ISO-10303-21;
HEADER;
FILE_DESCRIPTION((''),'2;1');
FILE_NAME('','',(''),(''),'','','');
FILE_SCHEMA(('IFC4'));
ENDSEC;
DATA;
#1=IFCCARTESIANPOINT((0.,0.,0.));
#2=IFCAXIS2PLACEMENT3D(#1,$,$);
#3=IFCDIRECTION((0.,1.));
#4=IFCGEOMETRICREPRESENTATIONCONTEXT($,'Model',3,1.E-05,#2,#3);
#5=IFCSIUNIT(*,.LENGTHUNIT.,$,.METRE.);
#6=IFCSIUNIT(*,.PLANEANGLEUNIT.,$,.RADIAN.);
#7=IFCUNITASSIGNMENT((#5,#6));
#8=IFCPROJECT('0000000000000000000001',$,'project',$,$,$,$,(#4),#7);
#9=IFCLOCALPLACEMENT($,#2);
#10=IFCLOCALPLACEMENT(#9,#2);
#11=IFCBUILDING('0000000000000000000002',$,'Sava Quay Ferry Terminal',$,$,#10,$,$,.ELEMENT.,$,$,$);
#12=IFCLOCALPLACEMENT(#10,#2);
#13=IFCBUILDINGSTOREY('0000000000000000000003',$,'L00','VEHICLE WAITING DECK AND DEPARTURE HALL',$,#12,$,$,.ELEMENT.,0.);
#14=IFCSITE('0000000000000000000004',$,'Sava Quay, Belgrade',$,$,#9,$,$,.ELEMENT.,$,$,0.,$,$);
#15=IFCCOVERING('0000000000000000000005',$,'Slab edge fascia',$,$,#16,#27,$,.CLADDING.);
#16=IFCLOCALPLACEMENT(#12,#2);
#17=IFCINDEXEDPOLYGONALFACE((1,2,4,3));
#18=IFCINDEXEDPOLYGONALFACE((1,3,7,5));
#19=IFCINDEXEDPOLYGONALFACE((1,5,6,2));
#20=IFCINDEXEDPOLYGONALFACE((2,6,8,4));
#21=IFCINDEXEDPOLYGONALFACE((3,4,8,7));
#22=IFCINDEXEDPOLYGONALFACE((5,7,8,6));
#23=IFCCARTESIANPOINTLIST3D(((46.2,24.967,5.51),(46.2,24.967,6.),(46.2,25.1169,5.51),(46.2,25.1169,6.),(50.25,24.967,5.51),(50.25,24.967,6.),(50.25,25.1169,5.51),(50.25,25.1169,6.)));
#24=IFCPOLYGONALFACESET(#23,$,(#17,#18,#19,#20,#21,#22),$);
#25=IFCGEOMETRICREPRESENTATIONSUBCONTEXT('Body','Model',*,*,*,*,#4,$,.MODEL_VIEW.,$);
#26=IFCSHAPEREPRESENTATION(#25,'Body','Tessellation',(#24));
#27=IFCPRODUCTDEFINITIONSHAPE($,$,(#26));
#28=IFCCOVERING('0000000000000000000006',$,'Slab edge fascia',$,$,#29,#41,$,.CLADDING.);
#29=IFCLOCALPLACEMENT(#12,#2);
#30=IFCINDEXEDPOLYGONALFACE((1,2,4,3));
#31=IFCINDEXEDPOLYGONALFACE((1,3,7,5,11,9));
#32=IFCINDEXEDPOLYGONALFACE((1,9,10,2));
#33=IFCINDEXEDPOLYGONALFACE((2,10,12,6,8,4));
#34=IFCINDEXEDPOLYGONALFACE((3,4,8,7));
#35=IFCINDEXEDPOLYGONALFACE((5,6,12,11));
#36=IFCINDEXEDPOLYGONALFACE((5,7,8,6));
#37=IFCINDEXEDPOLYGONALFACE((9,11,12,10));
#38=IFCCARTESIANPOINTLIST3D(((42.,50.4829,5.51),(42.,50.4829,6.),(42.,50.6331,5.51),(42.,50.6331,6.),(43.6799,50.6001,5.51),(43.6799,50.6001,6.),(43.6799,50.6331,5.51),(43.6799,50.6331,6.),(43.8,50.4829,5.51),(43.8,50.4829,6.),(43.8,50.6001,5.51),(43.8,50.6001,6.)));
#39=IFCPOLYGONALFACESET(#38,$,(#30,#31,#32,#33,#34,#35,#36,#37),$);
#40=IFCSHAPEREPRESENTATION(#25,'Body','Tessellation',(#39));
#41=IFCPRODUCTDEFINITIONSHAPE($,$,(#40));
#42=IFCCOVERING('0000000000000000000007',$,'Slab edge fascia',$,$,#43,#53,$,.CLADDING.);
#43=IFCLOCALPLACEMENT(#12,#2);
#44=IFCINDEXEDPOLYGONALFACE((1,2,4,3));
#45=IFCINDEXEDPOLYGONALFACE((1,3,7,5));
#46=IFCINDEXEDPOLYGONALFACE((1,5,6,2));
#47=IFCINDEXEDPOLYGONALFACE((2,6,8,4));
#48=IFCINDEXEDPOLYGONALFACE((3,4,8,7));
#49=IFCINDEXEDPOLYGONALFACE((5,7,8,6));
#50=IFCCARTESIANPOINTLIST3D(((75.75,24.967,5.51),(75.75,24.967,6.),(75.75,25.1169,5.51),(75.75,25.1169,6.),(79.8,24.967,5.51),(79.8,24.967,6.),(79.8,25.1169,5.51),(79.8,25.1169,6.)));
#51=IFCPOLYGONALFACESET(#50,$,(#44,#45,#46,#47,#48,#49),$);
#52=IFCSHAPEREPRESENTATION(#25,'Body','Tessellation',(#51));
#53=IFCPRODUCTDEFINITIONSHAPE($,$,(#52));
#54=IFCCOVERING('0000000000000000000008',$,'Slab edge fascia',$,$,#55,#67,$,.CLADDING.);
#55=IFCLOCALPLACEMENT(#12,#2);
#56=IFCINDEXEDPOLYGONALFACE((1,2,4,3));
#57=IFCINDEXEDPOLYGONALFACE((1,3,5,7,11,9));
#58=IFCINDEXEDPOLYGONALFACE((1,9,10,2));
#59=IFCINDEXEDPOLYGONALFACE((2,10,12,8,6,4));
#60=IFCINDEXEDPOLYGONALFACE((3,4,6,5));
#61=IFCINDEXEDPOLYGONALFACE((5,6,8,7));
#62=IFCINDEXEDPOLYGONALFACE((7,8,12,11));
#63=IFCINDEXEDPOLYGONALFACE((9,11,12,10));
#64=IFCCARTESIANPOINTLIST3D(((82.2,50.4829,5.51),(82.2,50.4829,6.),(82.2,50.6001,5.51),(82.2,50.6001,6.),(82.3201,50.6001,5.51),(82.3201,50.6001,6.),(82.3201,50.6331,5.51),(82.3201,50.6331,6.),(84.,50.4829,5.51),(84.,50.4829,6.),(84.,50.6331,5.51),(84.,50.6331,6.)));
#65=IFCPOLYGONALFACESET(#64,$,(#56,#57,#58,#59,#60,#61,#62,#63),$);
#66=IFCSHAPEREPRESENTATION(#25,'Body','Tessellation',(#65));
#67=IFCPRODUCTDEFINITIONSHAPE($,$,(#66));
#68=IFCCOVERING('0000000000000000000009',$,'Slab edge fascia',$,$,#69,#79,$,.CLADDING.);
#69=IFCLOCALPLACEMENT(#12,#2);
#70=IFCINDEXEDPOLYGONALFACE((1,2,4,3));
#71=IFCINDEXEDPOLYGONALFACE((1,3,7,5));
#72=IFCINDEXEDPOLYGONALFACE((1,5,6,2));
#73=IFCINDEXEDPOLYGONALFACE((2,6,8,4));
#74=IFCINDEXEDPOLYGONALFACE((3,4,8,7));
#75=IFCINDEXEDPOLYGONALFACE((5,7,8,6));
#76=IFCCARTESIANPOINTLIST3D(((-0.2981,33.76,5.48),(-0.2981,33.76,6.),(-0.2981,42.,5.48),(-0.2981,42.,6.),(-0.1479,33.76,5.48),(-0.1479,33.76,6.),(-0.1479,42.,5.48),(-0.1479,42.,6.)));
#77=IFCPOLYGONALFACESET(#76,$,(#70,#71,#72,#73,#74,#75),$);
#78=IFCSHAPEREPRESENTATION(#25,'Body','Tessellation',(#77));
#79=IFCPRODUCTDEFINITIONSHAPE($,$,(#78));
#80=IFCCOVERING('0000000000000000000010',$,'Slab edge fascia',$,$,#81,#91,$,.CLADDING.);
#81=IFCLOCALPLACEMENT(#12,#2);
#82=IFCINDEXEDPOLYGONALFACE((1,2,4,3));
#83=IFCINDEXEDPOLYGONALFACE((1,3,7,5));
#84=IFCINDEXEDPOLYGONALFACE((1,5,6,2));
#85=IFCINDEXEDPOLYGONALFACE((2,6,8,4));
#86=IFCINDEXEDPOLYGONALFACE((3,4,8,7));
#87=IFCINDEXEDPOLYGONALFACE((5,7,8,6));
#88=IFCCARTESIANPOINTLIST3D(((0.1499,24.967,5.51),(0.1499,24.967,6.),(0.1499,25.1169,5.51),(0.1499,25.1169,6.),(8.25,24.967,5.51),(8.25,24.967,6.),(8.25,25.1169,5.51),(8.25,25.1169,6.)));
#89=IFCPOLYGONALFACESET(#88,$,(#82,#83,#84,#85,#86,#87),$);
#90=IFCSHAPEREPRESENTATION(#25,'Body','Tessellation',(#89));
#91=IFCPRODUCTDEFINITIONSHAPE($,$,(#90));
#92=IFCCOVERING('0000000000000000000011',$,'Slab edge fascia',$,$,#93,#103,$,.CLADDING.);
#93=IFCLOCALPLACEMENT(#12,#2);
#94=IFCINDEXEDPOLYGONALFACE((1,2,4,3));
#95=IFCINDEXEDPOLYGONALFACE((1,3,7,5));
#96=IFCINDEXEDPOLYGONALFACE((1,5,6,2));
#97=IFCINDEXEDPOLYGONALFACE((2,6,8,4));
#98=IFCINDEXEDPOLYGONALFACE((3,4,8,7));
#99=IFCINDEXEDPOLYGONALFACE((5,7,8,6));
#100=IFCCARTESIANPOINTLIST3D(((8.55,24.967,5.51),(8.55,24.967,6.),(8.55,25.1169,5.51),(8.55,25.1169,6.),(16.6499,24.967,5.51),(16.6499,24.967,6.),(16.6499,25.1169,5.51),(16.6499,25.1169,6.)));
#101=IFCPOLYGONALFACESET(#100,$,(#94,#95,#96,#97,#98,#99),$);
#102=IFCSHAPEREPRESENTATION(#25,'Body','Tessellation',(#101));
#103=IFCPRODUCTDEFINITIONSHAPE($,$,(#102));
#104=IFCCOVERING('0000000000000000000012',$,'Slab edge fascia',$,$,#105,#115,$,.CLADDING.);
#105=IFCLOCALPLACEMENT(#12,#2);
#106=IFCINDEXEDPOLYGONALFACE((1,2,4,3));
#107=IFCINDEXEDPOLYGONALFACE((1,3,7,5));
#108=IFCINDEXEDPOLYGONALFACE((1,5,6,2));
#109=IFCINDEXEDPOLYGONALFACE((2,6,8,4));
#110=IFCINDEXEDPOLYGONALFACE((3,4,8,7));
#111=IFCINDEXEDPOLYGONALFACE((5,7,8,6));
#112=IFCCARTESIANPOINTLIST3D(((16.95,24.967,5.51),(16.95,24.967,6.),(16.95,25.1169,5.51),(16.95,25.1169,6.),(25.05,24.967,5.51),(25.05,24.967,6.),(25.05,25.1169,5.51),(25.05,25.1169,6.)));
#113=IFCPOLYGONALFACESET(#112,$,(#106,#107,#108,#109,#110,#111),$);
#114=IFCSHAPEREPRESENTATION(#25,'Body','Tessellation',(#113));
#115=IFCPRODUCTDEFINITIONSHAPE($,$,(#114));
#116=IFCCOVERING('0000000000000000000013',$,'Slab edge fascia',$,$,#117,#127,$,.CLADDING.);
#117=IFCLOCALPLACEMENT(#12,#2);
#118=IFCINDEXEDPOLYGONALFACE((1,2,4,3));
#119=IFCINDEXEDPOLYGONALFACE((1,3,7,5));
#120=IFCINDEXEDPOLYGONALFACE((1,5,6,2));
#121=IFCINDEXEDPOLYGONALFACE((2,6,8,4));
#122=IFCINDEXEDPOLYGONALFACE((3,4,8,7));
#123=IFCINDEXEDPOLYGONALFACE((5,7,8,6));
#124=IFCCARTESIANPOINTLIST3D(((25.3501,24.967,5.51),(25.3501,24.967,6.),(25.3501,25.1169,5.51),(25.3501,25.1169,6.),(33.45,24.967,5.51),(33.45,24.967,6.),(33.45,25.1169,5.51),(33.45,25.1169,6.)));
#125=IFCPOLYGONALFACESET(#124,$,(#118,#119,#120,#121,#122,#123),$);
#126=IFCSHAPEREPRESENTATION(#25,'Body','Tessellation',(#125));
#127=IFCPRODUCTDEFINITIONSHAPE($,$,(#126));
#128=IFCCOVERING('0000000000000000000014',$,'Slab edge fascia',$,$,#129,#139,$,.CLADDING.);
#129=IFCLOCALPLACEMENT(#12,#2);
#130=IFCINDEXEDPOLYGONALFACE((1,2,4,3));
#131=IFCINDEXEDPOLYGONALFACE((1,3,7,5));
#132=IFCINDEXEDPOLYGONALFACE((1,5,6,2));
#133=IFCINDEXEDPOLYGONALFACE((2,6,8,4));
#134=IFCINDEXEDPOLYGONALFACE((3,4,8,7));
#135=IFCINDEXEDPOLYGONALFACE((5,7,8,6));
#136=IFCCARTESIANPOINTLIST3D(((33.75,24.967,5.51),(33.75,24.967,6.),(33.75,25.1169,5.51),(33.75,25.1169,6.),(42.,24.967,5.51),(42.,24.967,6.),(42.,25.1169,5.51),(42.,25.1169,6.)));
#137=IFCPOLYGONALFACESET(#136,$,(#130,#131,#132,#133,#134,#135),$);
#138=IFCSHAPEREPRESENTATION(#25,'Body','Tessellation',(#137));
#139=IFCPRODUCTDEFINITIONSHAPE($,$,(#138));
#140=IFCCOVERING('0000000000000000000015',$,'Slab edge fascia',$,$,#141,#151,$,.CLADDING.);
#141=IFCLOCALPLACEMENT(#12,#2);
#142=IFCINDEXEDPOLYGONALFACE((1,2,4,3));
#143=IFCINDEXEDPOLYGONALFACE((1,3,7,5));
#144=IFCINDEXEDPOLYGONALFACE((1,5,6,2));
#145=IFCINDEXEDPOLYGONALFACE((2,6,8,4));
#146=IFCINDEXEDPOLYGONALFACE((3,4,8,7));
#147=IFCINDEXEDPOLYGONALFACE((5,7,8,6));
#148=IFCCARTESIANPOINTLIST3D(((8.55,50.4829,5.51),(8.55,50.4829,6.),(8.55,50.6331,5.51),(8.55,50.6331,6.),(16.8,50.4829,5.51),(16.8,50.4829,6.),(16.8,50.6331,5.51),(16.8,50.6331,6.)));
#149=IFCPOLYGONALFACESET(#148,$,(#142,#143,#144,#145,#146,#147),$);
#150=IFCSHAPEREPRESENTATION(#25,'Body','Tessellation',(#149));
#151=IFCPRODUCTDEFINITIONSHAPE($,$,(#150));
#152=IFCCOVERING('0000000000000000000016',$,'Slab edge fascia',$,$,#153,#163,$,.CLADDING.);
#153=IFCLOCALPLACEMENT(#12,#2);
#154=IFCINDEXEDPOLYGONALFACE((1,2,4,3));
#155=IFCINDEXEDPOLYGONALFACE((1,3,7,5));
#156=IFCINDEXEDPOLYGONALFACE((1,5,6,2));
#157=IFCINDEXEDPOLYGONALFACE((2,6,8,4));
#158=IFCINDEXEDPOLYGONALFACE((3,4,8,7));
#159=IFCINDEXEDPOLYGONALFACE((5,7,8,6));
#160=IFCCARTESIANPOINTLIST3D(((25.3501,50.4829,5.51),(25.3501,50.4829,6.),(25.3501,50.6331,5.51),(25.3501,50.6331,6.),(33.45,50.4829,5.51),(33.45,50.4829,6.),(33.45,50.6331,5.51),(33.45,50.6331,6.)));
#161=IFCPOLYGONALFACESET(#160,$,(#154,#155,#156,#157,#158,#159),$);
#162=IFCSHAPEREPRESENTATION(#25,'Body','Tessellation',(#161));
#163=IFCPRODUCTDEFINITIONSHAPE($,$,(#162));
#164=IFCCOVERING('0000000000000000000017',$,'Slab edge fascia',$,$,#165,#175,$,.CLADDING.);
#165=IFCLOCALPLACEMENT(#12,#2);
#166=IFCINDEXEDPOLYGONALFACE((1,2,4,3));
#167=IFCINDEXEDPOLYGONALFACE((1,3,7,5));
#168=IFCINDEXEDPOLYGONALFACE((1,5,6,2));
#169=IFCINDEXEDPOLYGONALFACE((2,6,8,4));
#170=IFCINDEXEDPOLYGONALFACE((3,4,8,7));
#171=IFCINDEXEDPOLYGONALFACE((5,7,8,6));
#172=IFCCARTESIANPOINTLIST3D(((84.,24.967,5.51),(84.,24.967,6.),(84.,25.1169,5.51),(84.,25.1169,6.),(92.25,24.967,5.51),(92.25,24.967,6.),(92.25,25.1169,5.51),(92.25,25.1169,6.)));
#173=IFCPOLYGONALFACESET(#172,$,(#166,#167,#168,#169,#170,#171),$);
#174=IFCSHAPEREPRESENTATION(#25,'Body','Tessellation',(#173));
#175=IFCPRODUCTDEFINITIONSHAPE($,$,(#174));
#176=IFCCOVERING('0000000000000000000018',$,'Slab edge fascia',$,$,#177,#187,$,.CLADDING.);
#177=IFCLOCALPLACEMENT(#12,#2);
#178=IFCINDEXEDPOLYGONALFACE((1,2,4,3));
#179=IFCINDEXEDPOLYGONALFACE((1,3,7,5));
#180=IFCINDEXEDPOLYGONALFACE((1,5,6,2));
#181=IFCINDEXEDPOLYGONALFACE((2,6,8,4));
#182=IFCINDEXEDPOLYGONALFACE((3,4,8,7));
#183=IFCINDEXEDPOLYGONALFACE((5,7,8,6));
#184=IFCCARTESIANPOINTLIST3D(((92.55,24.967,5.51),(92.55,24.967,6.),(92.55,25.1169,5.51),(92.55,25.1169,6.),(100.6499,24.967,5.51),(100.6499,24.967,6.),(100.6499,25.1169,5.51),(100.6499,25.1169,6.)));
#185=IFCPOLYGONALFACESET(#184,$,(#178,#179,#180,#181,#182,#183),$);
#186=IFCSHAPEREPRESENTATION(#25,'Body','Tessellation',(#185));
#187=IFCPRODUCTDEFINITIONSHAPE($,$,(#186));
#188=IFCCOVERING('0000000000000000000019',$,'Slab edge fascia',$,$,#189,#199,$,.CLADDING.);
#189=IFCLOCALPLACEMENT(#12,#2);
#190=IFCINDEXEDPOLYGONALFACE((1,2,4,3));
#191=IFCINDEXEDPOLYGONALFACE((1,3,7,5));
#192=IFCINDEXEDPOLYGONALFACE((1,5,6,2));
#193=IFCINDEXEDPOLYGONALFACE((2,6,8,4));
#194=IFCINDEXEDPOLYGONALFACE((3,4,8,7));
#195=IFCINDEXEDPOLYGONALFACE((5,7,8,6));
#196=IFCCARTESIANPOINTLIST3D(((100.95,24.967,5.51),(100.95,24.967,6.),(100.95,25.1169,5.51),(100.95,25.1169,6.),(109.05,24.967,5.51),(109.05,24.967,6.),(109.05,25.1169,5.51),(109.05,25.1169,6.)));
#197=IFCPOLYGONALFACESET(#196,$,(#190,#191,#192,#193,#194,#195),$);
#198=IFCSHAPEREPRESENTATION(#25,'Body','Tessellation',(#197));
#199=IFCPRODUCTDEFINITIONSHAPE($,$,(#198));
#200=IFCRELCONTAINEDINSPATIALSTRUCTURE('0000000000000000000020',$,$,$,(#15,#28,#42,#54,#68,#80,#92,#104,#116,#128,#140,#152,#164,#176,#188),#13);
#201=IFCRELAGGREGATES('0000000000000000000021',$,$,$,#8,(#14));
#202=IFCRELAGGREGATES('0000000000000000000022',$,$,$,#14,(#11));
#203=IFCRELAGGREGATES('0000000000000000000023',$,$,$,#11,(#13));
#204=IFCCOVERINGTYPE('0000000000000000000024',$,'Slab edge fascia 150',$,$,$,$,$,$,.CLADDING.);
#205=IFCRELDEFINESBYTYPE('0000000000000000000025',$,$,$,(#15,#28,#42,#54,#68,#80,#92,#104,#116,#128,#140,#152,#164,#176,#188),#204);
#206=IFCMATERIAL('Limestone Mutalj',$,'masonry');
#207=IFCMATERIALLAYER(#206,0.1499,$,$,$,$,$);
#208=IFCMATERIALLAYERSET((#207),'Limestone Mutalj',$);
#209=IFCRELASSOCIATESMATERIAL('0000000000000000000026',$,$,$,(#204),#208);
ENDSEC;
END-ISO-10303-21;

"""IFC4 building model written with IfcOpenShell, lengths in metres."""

from ifc_helpers import new_model, si_unit, direction, frame, origin, place, context, subcontext, project, spatial, polyline, outline, extrude, material, layer, layer_set, type_object, element, save


model = new_model("IFC4")

# Units and contexts
model_context = context("Model", 3, precision=1e-05, world=origin(), true_north=direction((0.0, 1.0)))
body_context = subcontext(model_context, "Body", "Model", "MODEL_VIEW")
ifc_project = project(units=[si_unit("LENGTHUNIT", "METRE"), si_unit("PLANEANGLEUNIT", "RADIAN")], contexts=[model_context])

# Site, building, storey
site_placement = place(None, origin())
site = spatial("IfcSite", under=ifc_project, at=site_placement, Name="Sava Quay, Belgrade", CompositionType="ELEMENT", RefElevation=0.0)
building_placement = place(site_placement, origin())
building = spatial("IfcBuilding", under=site, at=building_placement, Name="Sava Quay Ferry Terminal", CompositionType="ELEMENT")
storey_placement = place(building_placement, origin())
storey = spatial("IfcBuildingStorey", under=building, at=storey_placement, Name="L00", Description="VEHICLE WAITING DECK AND DEPARTURE HALL", CompositionType="ELEMENT", Elevation=0.0)

# Coverings
ifc_material = material(Name="Limestone Mutalj", Category="masonry")
ifc_layer = layer(ifc_material, 0.1499)
ifc_layer_set = layer_set([ifc_layer], Name="Limestone Mutalj")
covering_type = type_object("IfcCoveringType", Name="Slab edge fascia 150", PredefinedType="CLADDING", material=ifc_layer_set)
covering_1_placement = place(storey_placement, frame((0.0, 0.0, 5.51)))
element("IfcCovering", 1, at=covering_1_placement, inside=storey, type_object=covering_type, Name="Slab edge fascia", PredefinedType="CLADDING", context=body_context, shape_type="SweptSolid", body=[
    extrude(outline(polyline([(50.25, 25.1169), (46.2, 25.1169), (46.2, 24.967), (50.25, 24.967), (50.25, 25.1169)])), origin(), (0.0, 0.0, 1.0), 0.49),
])
covering_2_placement = place(storey_placement, frame((0.0, 0.0, 5.51)))
element("IfcCovering", 2, at=covering_2_placement, inside=storey, type_object=covering_type, Name="Slab edge fascia", PredefinedType="CLADDING", context=body_context, shape_type="SweptSolid", body=[
    extrude(outline(polyline([(42.0, 50.4829), (43.8, 50.4829), (43.8, 50.6001), (43.6799, 50.6001), (43.6799, 50.6331), (42.0, 50.6331), (42.0, 50.4829)])), origin(), (0.0, 0.0, 1.0), 0.49),
])
covering_3_placement = place(storey_placement, frame((0.0, 0.0, 5.51)))
element("IfcCovering", 3, at=covering_3_placement, inside=storey, type_object=covering_type, Name="Slab edge fascia", PredefinedType="CLADDING", context=body_context, shape_type="SweptSolid", body=[
    extrude(outline(polyline([(79.8, 25.1169), (75.75, 25.1169), (75.75, 24.967), (79.8, 24.967), (79.8, 25.1169)])), origin(), (0.0, 0.0, 1.0), 0.49),
])
covering_4_placement = place(storey_placement, frame((0.0, 0.0, 5.51)))
element("IfcCovering", 4, at=covering_4_placement, inside=storey, type_object=covering_type, Name="Slab edge fascia", PredefinedType="CLADDING", context=body_context, shape_type="SweptSolid", body=[
    extrude(outline(polyline([(82.2, 50.4829), (84.0, 50.4829), (84.0, 50.6331), (82.3201, 50.6331), (82.3201, 50.6001), (82.2, 50.6001), (82.2, 50.4829)])), origin(), (0.0, 0.0, 1.0), 0.49),
])
covering_5_placement = place(storey_placement, frame((0.0, 0.0, 5.48)))
element("IfcCovering", 5, at=covering_5_placement, inside=storey, type_object=covering_type, Name="Slab edge fascia", PredefinedType="CLADDING", context=body_context, shape_type="SweptSolid", body=[
    extrude(outline(polyline([(-0.2981, 33.76), (-0.1479, 33.76), (-0.1479, 42.0), (-0.2981, 42.0), (-0.2981, 33.76)])), origin(), (0.0, 0.0, 1.0), 0.52),
])
covering_6_placement = place(storey_placement, frame((0.0, 0.0, 5.51)))
element("IfcCovering", 6, at=covering_6_placement, inside=storey, type_object=covering_type, Name="Slab edge fascia", PredefinedType="CLADDING", context=body_context, shape_type="SweptSolid", body=[
    extrude(outline(polyline([(8.25, 25.1169), (0.1499, 25.1169), (0.1499, 24.967), (8.25, 24.967), (8.25, 25.1169)])), origin(), (0.0, 0.0, 1.0), 0.49),
])
covering_7_placement = place(storey_placement, frame((0.0, 0.0, 5.51)))
element("IfcCovering", 7, at=covering_7_placement, inside=storey, type_object=covering_type, Name="Slab edge fascia", PredefinedType="CLADDING", context=body_context, shape_type="SweptSolid", body=[
    extrude(outline(polyline([(16.6499, 25.1169), (8.55, 25.1169), (8.55, 24.967), (16.6499, 24.967), (16.6499, 25.1169)])), origin(), (0.0, 0.0, 1.0), 0.49),
])
covering_8_placement = place(storey_placement, frame((0.0, 0.0, 5.51)))
element("IfcCovering", 8, at=covering_8_placement, inside=storey, type_object=covering_type, Name="Slab edge fascia", PredefinedType="CLADDING", context=body_context, shape_type="SweptSolid", body=[
    extrude(outline(polyline([(25.05, 25.1169), (16.95, 25.1169), (16.95, 24.967), (25.05, 24.967), (25.05, 25.1169)])), origin(), (0.0, 0.0, 1.0), 0.49),
])
covering_9_placement = place(storey_placement, frame((0.0, 0.0, 5.51)))
element("IfcCovering", 9, at=covering_9_placement, inside=storey, type_object=covering_type, Name="Slab edge fascia", PredefinedType="CLADDING", context=body_context, shape_type="SweptSolid", body=[
    extrude(outline(polyline([(33.45, 25.1169), (25.3501, 25.1169), (25.3501, 24.967), (33.45, 24.967), (33.45, 25.1169)])), origin(), (0.0, 0.0, 1.0), 0.49),
])
covering_10_placement = place(storey_placement, frame((0.0, 0.0, 5.51)))
element("IfcCovering", 10, at=covering_10_placement, inside=storey, type_object=covering_type, Name="Slab edge fascia", PredefinedType="CLADDING", context=body_context, shape_type="SweptSolid", body=[
    extrude(outline(polyline([(42.0, 25.1169), (33.75, 25.1169), (33.75, 24.967), (42.0, 24.967), (42.0, 25.1169)])), origin(), (0.0, 0.0, 1.0), 0.49),
])
covering_11_placement = place(storey_placement, frame((0.0, 0.0, 5.51)))
element("IfcCovering", 11, at=covering_11_placement, inside=storey, type_object=covering_type, Name="Slab edge fascia", PredefinedType="CLADDING", context=body_context, shape_type="SweptSolid", body=[
    extrude(outline(polyline([(8.55, 50.4829), (16.8, 50.4829), (16.8, 50.6331), (8.55, 50.6331), (8.55, 50.4829)])), origin(), (0.0, 0.0, 1.0), 0.49),
])
covering_12_placement = place(storey_placement, frame((0.0, 0.0, 5.51)))
element("IfcCovering", 12, at=covering_12_placement, inside=storey, type_object=covering_type, Name="Slab edge fascia", PredefinedType="CLADDING", context=body_context, shape_type="SweptSolid", body=[
    extrude(outline(polyline([(25.3501, 50.6331), (25.3501, 50.4829), (33.45, 50.4829), (33.45, 50.6331), (25.3501, 50.6331)])), origin(), (0.0, 0.0, 1.0), 0.49),
])
covering_13_placement = place(storey_placement, frame((0.0, 0.0, 5.51)))
element("IfcCovering", 13, at=covering_13_placement, inside=storey, type_object=covering_type, Name="Slab edge fascia", PredefinedType="CLADDING", context=body_context, shape_type="SweptSolid", body=[
    extrude(outline(polyline([(92.25, 25.1169), (84.0, 25.1169), (84.0, 24.967), (92.25, 24.967), (92.25, 25.1169)])), origin(), (0.0, 0.0, 1.0), 0.49),
])
covering_14_placement = place(storey_placement, frame((0.0, 0.0, 5.51)))
element("IfcCovering", 14, at=covering_14_placement, inside=storey, type_object=covering_type, Name="Slab edge fascia", PredefinedType="CLADDING", context=body_context, shape_type="SweptSolid", body=[
    extrude(outline(polyline([(100.6499, 25.1169), (92.55, 25.1169), (92.55, 24.967), (100.6499, 24.967), (100.6499, 25.1169)])), origin(), (0.0, 0.0, 1.0), 0.49),
])
covering_15_placement = place(storey_placement, frame((0.0, 0.0, 5.51)))
element("IfcCovering", 15, at=covering_15_placement, inside=storey, type_object=covering_type, Name="Slab edge fascia", PredefinedType="CLADDING", context=body_context, shape_type="SweptSolid", body=[
    extrude(outline(polyline([(109.05, 25.1169), (100.95, 25.1169), (100.95, 24.967), (109.05, 24.967), (109.05, 25.1169)])), origin(), (0.0, 0.0, 1.0), 0.49),
])

save(model, "model.ifc")
